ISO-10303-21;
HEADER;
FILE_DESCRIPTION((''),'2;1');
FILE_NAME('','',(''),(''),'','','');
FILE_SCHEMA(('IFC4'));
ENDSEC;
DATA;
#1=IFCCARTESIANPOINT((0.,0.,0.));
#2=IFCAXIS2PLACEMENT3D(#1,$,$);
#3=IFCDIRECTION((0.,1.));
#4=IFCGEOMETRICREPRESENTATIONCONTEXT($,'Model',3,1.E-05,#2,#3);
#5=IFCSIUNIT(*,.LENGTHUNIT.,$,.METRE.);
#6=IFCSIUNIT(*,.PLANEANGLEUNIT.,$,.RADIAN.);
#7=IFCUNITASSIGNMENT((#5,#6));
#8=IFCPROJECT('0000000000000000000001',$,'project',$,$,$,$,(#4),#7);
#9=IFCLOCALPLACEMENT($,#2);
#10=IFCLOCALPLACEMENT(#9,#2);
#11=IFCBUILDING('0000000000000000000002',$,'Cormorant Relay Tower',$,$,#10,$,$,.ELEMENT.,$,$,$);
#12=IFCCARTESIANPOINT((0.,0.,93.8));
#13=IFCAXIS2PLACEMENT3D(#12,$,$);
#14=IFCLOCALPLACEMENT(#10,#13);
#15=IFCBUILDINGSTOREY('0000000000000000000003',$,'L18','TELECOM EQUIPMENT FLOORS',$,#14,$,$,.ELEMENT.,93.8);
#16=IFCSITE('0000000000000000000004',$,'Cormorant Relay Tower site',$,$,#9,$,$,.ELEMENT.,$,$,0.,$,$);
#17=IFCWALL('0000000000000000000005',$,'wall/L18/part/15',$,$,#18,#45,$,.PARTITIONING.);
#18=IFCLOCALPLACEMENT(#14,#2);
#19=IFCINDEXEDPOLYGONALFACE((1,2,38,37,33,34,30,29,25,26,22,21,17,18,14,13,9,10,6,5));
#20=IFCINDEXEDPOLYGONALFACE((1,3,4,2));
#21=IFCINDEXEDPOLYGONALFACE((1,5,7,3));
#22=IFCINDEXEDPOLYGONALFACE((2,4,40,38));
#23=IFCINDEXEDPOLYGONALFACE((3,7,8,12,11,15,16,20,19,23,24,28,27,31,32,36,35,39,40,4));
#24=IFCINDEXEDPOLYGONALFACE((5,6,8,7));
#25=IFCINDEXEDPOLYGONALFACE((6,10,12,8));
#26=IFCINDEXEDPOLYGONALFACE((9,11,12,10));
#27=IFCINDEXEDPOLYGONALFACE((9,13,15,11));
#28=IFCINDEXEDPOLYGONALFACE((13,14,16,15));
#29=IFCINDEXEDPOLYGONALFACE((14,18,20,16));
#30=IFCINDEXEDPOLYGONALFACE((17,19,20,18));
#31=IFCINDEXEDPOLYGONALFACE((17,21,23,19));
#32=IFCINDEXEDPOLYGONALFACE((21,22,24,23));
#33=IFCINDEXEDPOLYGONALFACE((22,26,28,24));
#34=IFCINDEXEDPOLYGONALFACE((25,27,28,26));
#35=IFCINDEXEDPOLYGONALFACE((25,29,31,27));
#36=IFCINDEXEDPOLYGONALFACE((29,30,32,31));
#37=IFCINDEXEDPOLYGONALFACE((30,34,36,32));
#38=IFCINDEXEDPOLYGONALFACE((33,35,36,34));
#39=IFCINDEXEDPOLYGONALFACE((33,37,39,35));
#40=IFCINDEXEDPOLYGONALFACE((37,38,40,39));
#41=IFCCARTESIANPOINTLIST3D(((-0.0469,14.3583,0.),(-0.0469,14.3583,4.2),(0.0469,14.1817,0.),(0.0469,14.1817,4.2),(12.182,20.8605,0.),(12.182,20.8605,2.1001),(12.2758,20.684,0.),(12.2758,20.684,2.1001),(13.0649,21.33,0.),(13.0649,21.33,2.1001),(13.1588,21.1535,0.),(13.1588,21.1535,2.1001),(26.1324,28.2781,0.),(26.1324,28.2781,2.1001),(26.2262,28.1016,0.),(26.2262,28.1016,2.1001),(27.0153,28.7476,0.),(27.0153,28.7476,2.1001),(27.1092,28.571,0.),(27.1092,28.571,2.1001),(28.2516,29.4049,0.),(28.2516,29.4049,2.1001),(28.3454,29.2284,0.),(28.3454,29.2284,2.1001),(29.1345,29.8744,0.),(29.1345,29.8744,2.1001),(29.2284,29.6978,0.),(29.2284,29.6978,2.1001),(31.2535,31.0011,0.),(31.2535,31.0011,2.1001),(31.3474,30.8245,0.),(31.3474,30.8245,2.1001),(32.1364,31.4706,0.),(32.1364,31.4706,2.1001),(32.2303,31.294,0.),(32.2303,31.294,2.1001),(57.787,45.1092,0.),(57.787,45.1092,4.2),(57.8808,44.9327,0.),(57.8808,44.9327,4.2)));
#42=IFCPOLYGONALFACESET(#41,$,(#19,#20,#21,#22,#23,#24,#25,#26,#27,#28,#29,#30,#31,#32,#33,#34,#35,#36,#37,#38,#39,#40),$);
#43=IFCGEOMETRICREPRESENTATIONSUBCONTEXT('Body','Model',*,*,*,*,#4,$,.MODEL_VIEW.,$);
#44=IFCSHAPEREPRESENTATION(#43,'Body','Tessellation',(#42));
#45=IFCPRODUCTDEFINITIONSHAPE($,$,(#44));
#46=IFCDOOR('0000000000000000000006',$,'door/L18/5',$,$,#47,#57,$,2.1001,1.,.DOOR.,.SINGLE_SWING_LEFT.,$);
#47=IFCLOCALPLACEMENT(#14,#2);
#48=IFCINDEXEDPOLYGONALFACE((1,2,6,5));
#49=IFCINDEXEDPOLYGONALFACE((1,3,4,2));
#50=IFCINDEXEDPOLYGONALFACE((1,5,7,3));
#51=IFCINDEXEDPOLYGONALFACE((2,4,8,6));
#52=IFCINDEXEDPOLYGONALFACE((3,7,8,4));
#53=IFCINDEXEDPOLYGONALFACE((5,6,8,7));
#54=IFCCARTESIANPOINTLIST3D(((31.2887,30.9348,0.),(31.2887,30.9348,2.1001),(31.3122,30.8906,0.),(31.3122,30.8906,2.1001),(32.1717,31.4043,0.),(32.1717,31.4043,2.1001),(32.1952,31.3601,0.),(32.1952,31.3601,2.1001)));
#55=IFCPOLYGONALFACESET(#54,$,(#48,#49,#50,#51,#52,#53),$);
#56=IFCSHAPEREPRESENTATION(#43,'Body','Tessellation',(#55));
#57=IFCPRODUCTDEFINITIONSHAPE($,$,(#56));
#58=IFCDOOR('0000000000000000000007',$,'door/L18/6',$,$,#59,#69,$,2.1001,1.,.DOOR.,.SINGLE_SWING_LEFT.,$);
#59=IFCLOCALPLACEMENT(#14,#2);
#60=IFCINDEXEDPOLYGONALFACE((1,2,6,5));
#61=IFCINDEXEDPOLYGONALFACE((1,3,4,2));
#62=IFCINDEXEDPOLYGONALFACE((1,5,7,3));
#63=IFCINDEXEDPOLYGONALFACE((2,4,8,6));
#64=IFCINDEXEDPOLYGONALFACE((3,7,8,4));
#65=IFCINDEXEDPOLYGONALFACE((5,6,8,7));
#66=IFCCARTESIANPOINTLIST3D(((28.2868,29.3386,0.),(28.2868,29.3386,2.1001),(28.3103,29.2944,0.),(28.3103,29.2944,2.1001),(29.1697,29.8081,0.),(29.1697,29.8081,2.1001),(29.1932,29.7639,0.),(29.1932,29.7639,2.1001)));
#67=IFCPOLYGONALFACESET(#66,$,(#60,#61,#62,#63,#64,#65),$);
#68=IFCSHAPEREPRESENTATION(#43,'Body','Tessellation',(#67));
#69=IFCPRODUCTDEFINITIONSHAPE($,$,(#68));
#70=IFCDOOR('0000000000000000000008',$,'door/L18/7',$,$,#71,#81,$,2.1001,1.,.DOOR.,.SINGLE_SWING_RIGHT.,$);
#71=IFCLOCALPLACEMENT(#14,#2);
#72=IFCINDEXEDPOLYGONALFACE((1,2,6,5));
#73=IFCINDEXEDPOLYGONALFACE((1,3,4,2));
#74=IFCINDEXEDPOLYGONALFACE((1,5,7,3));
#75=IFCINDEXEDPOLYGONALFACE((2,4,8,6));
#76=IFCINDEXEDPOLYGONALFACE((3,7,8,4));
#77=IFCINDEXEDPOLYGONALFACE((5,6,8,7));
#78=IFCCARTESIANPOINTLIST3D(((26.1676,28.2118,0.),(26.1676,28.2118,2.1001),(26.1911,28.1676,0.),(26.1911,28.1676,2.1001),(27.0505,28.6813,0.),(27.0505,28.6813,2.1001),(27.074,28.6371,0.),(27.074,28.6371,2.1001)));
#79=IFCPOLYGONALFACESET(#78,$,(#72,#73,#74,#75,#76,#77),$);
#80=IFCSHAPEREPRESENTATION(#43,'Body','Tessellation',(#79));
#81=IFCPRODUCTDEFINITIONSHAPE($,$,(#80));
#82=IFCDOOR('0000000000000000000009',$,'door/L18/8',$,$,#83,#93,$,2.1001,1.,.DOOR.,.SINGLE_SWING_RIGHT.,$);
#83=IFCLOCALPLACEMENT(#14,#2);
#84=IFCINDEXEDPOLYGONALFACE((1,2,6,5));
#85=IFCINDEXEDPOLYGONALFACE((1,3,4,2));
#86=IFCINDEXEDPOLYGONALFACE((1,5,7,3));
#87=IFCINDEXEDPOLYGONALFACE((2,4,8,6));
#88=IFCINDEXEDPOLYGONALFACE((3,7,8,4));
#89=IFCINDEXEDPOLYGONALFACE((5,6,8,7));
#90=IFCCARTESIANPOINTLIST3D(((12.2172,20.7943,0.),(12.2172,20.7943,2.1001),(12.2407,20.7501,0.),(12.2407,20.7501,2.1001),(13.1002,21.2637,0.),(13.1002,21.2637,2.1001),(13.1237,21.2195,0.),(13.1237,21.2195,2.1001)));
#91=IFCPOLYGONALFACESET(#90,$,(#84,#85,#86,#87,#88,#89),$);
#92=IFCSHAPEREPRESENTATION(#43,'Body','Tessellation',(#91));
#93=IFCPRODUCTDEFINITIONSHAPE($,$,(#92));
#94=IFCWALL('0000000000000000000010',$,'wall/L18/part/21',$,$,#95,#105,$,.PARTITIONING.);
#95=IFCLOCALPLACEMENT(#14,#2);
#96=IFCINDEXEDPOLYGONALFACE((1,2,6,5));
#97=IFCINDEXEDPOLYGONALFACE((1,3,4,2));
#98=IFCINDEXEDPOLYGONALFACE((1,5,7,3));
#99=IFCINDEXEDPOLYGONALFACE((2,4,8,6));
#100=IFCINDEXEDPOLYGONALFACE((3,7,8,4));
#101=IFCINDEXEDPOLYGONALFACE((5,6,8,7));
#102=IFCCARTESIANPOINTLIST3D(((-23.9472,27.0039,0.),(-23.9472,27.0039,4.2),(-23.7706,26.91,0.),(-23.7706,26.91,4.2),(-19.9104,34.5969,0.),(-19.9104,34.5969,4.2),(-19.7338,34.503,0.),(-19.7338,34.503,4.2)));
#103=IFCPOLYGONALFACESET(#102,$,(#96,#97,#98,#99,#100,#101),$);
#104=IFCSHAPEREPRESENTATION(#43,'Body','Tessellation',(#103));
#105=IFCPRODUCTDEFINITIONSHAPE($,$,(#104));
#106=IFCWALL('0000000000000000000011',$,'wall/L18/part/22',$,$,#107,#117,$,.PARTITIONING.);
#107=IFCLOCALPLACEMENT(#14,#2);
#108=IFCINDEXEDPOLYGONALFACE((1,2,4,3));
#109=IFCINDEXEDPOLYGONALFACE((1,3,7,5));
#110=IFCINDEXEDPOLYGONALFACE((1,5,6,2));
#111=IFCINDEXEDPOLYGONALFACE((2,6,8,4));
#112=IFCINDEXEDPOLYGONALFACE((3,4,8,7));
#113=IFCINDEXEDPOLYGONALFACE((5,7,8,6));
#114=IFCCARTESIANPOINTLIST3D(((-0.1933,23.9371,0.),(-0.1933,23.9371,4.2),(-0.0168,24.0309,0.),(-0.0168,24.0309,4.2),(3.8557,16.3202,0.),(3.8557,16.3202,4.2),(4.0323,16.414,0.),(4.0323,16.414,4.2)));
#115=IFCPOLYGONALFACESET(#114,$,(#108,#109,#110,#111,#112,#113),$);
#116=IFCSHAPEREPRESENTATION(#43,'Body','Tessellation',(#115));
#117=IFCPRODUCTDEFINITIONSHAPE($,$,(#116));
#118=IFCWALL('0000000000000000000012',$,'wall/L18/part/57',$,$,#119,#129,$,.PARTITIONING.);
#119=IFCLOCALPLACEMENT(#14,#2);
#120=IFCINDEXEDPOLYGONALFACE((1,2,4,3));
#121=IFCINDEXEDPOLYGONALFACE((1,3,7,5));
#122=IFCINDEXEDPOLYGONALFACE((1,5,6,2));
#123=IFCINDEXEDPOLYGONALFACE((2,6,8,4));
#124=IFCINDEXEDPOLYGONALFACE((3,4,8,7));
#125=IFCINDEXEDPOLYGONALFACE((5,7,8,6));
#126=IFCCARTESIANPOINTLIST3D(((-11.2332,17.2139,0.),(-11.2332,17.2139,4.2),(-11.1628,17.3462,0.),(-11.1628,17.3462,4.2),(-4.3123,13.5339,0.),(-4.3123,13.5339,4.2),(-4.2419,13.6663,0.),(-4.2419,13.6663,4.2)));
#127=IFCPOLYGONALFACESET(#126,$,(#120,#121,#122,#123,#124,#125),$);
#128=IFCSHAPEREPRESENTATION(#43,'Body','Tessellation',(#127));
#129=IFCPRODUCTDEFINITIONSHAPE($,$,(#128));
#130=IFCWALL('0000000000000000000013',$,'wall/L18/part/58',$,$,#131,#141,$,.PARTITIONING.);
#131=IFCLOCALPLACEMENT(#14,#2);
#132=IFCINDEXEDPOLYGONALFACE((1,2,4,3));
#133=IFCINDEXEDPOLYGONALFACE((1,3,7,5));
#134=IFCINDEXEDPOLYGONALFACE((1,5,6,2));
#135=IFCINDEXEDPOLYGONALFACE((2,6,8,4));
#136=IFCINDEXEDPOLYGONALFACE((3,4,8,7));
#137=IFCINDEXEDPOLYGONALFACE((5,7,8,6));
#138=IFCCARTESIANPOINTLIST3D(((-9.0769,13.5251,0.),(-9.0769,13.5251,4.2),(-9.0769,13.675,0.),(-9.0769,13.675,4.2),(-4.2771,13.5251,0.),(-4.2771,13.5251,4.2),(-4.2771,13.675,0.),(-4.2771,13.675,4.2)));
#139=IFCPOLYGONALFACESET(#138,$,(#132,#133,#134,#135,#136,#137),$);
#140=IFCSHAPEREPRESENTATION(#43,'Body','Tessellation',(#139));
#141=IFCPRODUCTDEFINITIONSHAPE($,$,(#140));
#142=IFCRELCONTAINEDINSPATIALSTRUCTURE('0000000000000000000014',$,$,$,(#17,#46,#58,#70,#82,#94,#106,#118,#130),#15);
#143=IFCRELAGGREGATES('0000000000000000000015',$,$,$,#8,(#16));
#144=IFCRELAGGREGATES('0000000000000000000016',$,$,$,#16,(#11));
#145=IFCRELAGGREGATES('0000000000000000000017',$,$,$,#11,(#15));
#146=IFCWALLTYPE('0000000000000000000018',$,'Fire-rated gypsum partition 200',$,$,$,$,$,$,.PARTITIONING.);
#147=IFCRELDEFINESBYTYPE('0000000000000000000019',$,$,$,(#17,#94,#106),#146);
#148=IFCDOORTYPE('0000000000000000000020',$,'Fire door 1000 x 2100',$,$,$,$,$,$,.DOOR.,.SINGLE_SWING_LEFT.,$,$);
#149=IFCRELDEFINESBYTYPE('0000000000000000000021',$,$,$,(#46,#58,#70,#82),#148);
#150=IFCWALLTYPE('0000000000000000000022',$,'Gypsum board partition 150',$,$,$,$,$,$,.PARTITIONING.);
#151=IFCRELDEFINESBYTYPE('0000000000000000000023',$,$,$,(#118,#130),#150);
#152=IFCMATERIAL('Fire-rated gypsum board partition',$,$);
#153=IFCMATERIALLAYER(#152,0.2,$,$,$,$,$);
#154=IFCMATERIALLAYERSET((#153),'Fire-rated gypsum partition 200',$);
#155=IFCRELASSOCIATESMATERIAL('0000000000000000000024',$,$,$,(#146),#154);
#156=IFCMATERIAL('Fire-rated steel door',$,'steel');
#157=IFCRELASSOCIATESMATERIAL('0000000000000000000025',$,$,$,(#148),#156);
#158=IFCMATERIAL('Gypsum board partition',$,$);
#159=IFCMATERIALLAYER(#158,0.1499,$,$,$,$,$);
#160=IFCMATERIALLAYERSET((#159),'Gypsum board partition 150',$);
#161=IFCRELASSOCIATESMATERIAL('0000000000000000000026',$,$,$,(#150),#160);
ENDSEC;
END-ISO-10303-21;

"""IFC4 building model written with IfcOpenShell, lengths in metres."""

from ifc_helpers import new_model, si_unit, direction, frame, frame_2d, origin, place, context, subcontext, project, spatial, rectangle, extrude, material, layer, layer_set, type_object, element, fill, save


model = new_model("IFC4")

# Units and contexts
model_context = context("Model", 3, precision=1e-05, world=origin(), true_north=direction((0.0, 1.0)))
body_context = subcontext(model_context, "Body", "Model", "MODEL_VIEW")
ifc_project = project(units=[si_unit("LENGTHUNIT", "METRE"), si_unit("PLANEANGLEUNIT", "RADIAN")], contexts=[model_context])

# Site, building, storey
site_placement = place(None, origin())
site = spatial("IfcSite", under=ifc_project, at=site_placement, Name="Cormorant Relay Tower site", CompositionType="ELEMENT", RefElevation=0.0)
building_placement = place(site_placement, origin())
building = spatial("IfcBuilding", under=site, at=building_placement, Name="Cormorant Relay Tower", CompositionType="ELEMENT")
storey_placement = place(building_placement, frame((0.0, 0.0, 93.8)))
storey = spatial("IfcBuildingStorey", under=building, at=storey_placement, Name="L18", Description="TELECOM EQUIPMENT FLOORS", CompositionType="ELEMENT", Elevation=93.8)

# Wall, openings, doors
ifc_material_1 = material(Name="Fire-rated gypsum board partition")
ifc_layer_1 = layer(ifc_material_1, 0.2)
ifc_layer_set_1 = layer_set([ifc_layer_1], Name="Fire-rated gypsum partition 200")
wall_type_1 = type_object("IfcWallType", Name="Fire-rated gypsum partition 200", PredefinedType="PARTITIONING", material=ifc_layer_set_1)
wall_1_placement = place(storey_placement, frame((0.0, 14.27, 0.0), z_axis=(0.0, 0.0, 1.0), x_axis=(0.882947, 0.469473, 0.0)))
wall_1 = element("IfcWall", 1, at=wall_1_placement, inside=storey, type_object=wall_type_1, Name="wall/L18/part/15", PredefinedType="PARTITIONING", context=body_context, shape_type="SweptSolid", body=[
    extrude(rectangle(XDim=65.501, YDim=0.2, at=frame_2d((32.7505, 0.0))), origin(), (0.0, 0.0, 1.0), 4.2),
])
opening_1_placement = place(wall_1_placement, frame((35.45, 0.0, 0.0)))
opening_1 = element("IfcOpeningElement", 2, at=opening_1_placement, cuts=wall_1, PredefinedType="OPENING", context=body_context, shape_type="SweptSolid", body=[
    extrude(rectangle(XDim=1.0, YDim=2.1001, at=frame_2d((0.5, 1.05))), frame((0.0, 0.1099, 0.0), z_axis=(0.0, -1.0, 0.0), x_axis=(1.0, 0.0, 0.0)), (0.0, 0.0, 1.0), 0.22),
])
opening_2_placement = place(wall_1_placement, frame((32.05, 0.0, 0.0)))
opening_2 = element("IfcOpeningElement", 3, at=opening_2_placement, cuts=wall_1, PredefinedType="OPENING", context=body_context, shape_type="SweptSolid", body=[
    extrude(rectangle(XDim=1.0, YDim=2.1001, at=frame_2d((0.5, 1.05))), frame((0.0, 0.1099, 0.0), z_axis=(0.0, -1.0, 0.0), x_axis=(1.0, 0.0, 0.0)), (0.0, 0.0, 1.0), 0.22),
])
opening_3_placement = place(wall_1_placement, frame((29.6499, 0.0, 0.0)))
opening_3 = element("IfcOpeningElement", 4, at=opening_3_placement, cuts=wall_1, PredefinedType="OPENING", context=body_context, shape_type="SweptSolid", body=[
    extrude(rectangle(XDim=1.0, YDim=2.1001, at=frame_2d((0.5, 1.05))), frame((0.0, 0.1099, 0.0), z_axis=(0.0, -1.0, 0.0), x_axis=(1.0, 0.0, 0.0)), (0.0, 0.0, 1.0), 0.22),
])
opening_4_placement = place(wall_1_placement, frame((13.8501, 0.0, 0.0)))
opening_4 = element("IfcOpeningElement", 5, at=opening_4_placement, cuts=wall_1, PredefinedType="OPENING", context=body_context, shape_type="SweptSolid", body=[
    extrude(rectangle(XDim=1.0, YDim=2.1001, at=frame_2d((0.5, 1.05))), frame((0.0, 0.1099, 0.0), z_axis=(0.0, -1.0, 0.0), x_axis=(1.0, 0.0, 0.0)), (0.0, 0.0, 1.0), 0.22),
])
ifc_material_2 = material(Name="Fire-rated steel door", Category="steel")
door_type_1 = type_object("IfcDoorType", Name="Fire door 1000 x 2100", OperationType="SINGLE_SWING_LEFT", PredefinedType="DOOR", material=ifc_material_2)
door_1_placement = place(opening_1_placement, origin())
door_1 = element("IfcDoor", 6, at=door_1_placement, inside=storey, type_object=door_type_1, Name="door/L18/5", OperationType="SINGLE_SWING_LEFT", OverallHeight=2.1001, OverallWidth=1.0, PredefinedType="DOOR", context=body_context, shape_type="SweptSolid", body=[
    extrude(rectangle(XDim=1.0, YDim=2.1001, at=frame_2d((0.5, 1.05))), frame((0.0, 0.0249, 0.0), z_axis=(0.0, -1.0, 0.0), x_axis=(1.0, 0.0, 0.0)), (0.0, 0.0, 1.0), 0.05),
])
fill(opening_1, door_1)
door_2_placement = place(opening_2_placement, origin())
door_2 = element("IfcDoor", 7, at=door_2_placement, inside=storey, type_object=door_type_1, Name="door/L18/6", OperationType="SINGLE_SWING_LEFT", OverallHeight=2.1001, OverallWidth=1.0, PredefinedType="DOOR", context=body_context, shape_type="SweptSolid", body=[
    extrude(rectangle(XDim=1.0, YDim=2.1001, at=frame_2d((0.5, 1.05))), frame((0.0, 0.0249, 0.0), z_axis=(0.0, -1.0, 0.0), x_axis=(1.0, 0.0, 0.0)), (0.0, 0.0, 1.0), 0.05),
])
fill(opening_2, door_2)
door_3_placement = place(opening_3_placement, origin())
door_3 = element("IfcDoor", 8, at=door_3_placement, inside=storey, type_object=door_type_1, Name="door/L18/7", OperationType="SINGLE_SWING_RIGHT", OverallHeight=2.1001, OverallWidth=1.0, PredefinedType="DOOR", context=body_context, shape_type="SweptSolid", body=[
    extrude(rectangle(XDim=1.0, YDim=2.1001, at=frame_2d((0.5, 1.05))), frame((0.0, 0.0249, 0.0), z_axis=(0.0, -1.0, 0.0), x_axis=(1.0, 0.0, 0.0)), (0.0, 0.0, 1.0), 0.05),
])
fill(opening_3, door_3)
door_4_placement = place(opening_4_placement, origin())
door_4 = element("IfcDoor", 9, at=door_4_placement, inside=storey, type_object=door_type_1, Name="door/L18/8", OperationType="SINGLE_SWING_RIGHT", OverallHeight=2.1001, OverallWidth=1.0, PredefinedType="DOOR", context=body_context, shape_type="SweptSolid", body=[
    extrude(rectangle(XDim=1.0, YDim=2.1001, at=frame_2d((0.5, 1.05))), frame((0.0, 0.0249, 0.0), z_axis=(0.0, -1.0, 0.0), x_axis=(1.0, 0.0, 0.0)), (0.0, 0.0, 1.0), 0.05),
])
fill(opening_4, door_4)

# Walls
wall_2_placement = place(storey_placement, frame((-19.822, 34.55, 0.0), z_axis=(0.0, 0.0, 1.0), x_axis=(-0.469434, -0.882968, 0.0)))
element("IfcWall", 10, at=wall_2_placement, inside=storey, type_object=wall_type_1, Name="wall/L18/part/21", PredefinedType="PARTITIONING", context=body_context, shape_type="SweptSolid", body=[
    extrude(rectangle(XDim=8.5994, YDim=0.2, at=frame_2d((4.2998, 0.0))), origin(), (0.0, 0.0, 1.0), 4.2),
])
wall_3_placement = place(storey_placement, frame((-0.105, 23.9839, 0.0), z_axis=(0.0, 0.0, 1.0), x_axis=(0.469388, -0.882992, 0.0)))
element("IfcWall", 11, at=wall_3_placement, inside=storey, type_object=wall_type_1, Name="wall/L18/part/22", PredefinedType="PARTITIONING", context=body_context, shape_type="SweptSolid", body=[
    extrude(rectangle(XDim=8.6262, YDim=0.2, at=frame_2d((4.313, 0.0))), origin(), (0.0, 0.0, 1.0), 4.2),
])
ifc_material_3 = material(Name="Gypsum board partition")
ifc_layer_2 = layer(ifc_material_3, 0.1499)
ifc_layer_set_2 = layer_set([ifc_layer_2], Name="Gypsum board partition 150")
wall_type_2 = type_object("IfcWallType", Name="Gypsum board partition 150", PredefinedType="PARTITIONING", material=ifc_layer_set_2)
wall_4_placement = place(storey_placement, frame((-11.198, 17.28, 0.0), z_axis=(0.0, 0.0, 1.0), x_axis=(0.882946, -0.469474, 0.0)))
element("IfcWall", 12, at=wall_4_placement, inside=storey, type_object=wall_type_2, Name="wall/L18/part/57", PredefinedType="PARTITIONING", context=body_context, shape_type="SweptSolid", body=[
    extrude(rectangle(XDim=7.8384, YDim=0.1499, at=frame_2d((3.9192, 0.0))), origin(), (0.0, 0.0, 1.0), 4.2),
])
wall_5_placement = place(storey_placement, frame((-4.2771, 13.6001, 0.0), z_axis=(0.0, 0.0, 1.0), x_axis=(-1.0, 0.0, 0.0)))
element("IfcWall", 13, at=wall_5_placement, inside=storey, type_object=wall_type_2, Name="wall/L18/part/58", PredefinedType="PARTITIONING", context=body_context, shape_type="SweptSolid", body=[
    extrude(rectangle(XDim=4.7998, YDim=0.1499, at=frame_2d((2.3999, 0.0))), origin(), (0.0, 0.0, 1.0), 4.2),
])

save(model, "model.ifc")
